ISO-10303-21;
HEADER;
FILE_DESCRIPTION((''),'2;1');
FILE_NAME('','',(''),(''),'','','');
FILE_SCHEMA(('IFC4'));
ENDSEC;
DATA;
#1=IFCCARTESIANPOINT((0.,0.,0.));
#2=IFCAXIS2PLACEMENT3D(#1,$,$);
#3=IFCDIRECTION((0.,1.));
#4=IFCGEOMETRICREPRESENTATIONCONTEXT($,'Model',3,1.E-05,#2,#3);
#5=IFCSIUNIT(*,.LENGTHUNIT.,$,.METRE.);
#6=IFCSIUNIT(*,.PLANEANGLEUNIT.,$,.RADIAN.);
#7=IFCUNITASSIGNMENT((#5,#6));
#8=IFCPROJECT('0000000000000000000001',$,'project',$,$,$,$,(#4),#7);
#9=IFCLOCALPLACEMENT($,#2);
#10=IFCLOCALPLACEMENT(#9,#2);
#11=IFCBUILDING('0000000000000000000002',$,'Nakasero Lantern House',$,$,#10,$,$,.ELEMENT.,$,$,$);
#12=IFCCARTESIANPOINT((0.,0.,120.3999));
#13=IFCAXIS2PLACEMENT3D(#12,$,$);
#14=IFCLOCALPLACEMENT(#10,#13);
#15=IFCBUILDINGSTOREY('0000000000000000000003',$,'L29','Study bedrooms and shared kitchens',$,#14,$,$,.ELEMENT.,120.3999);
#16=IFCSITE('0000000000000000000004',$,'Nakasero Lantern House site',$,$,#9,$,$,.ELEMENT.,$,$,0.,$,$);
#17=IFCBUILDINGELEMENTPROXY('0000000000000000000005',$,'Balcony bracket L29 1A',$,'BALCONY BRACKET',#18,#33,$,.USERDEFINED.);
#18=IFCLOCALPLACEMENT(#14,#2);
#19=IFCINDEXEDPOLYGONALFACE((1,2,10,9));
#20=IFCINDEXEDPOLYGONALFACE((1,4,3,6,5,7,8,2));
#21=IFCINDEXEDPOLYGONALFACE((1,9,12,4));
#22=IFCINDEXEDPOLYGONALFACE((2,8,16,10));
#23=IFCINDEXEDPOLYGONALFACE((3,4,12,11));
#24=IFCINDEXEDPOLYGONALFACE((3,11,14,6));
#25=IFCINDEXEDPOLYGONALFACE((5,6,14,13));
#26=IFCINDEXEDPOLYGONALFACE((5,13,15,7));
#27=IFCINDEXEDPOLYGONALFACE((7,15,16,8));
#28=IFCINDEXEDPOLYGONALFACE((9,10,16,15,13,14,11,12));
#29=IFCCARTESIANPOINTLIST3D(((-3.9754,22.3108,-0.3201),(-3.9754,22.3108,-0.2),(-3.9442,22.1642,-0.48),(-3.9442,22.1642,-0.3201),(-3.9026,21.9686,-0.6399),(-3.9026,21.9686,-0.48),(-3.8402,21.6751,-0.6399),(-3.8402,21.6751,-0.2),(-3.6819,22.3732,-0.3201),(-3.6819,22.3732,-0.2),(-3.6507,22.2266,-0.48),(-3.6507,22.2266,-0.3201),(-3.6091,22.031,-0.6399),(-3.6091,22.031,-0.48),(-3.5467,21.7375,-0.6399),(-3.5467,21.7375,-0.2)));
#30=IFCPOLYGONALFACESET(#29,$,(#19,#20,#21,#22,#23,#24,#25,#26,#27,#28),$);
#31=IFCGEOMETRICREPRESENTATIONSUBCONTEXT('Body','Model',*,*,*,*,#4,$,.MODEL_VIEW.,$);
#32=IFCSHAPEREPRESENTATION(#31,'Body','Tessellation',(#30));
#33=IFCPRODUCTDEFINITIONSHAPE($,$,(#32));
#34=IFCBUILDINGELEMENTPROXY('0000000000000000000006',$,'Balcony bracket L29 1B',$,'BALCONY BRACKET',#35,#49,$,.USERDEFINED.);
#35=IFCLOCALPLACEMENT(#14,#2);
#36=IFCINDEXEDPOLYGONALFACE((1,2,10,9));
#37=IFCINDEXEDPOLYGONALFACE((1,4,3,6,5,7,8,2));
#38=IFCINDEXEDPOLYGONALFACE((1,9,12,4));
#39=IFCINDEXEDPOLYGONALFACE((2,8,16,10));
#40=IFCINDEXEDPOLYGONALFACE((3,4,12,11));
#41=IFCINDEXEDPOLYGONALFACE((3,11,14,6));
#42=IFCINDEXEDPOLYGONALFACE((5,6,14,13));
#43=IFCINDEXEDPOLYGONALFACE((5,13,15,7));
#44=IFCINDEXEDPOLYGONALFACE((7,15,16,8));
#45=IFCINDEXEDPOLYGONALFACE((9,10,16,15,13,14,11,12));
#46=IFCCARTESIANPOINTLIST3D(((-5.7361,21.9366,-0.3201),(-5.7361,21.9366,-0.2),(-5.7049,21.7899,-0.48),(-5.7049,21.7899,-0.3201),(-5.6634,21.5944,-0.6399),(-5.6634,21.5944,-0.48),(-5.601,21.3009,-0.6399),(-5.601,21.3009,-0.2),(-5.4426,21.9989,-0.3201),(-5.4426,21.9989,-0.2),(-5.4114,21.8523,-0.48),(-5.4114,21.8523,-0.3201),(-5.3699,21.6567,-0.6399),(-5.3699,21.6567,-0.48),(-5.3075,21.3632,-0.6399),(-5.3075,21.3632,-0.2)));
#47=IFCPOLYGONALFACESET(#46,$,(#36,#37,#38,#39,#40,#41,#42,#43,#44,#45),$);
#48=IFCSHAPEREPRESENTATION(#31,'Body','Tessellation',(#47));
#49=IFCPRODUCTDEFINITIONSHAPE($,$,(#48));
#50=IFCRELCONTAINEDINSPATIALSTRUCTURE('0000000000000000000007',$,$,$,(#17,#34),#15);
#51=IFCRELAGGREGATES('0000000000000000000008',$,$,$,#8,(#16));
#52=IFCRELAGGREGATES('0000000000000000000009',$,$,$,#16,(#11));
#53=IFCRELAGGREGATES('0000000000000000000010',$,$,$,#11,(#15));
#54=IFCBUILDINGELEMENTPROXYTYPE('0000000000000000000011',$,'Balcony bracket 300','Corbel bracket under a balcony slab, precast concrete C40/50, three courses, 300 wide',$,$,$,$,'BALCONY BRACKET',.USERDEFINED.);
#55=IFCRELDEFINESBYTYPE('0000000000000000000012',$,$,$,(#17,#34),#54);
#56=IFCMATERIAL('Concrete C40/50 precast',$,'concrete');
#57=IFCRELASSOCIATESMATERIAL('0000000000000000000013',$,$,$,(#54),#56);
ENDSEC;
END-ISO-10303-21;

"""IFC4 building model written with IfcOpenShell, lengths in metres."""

from ifc_helpers import new_model, si_unit, direction, frame, origin, place, context, subcontext, project, spatial, polyline, outline, extrude, material, type_object, element, save


model = new_model("IFC4")

# Units and contexts
model_context = context("Model", 3, precision=1e-05, world=origin(), true_north=direction((0.0, 1.0)))
body_context = subcontext(model_context, "Body", "Model", "MODEL_VIEW")
ifc_project = project(units=[si_unit("LENGTHUNIT", "METRE"), si_unit("PLANEANGLEUNIT", "RADIAN")], contexts=[model_context])

# Site, building, storey
site_placement = place(None, origin())
site = spatial("IfcSite", under=ifc_project, at=site_placement, Name="Nakasero Lantern House site", CompositionType="ELEMENT", RefElevation=0.0)
building_placement = place(site_placement, origin())
building = spatial("IfcBuilding", under=site, at=building_placement, Name="Nakasero Lantern House", CompositionType="ELEMENT")
storey_placement = place(building_placement, frame((0.0, 0.0, 120.3999)))
storey = spatial("IfcBuildingStorey", under=building, at=storey_placement, Name="L29", Description="Study bedrooms and shared kitchens", CompositionType="ELEMENT", Elevation=120.3999)

# Building element proxies
ifc_material_1 = material(Name="Concrete C40/50 precast", Category="concrete")
building_element_proxy_type = type_object("IfcBuildingElementProxyType", Name="Balcony bracket 300", Description="Corbel bracket under a balcony slab, precast concrete C40/50, three courses, 300 wide", ElementType="BALCONY BRACKET", PredefinedType="USERDEFINED", material=ifc_material_1)
for number, where, z_axis, x_axis, name in (
    (1, (-3.6936, 21.7063, -0.2), (0.0, 0.0, 1.0), (-0.207912, 0.978148, 0.0), "Balcony bracket L29 1A"),
    (2, (-5.4543, 21.332, -0.2), (0.0, 0.0, 1.0), (-0.207912, 0.978148, 0.0), "Balcony bracket L29 1B"),
):
    element("IfcBuildingElementProxy", number, at=place(storey_placement, frame(where, z_axis=z_axis, x_axis=x_axis)), inside=storey, type_object=building_element_proxy_type, Name=name, ObjectType="BALCONY BRACKET", PredefinedType="USERDEFINED", context=body_context, shape_type="SweptSolid", body=[
        extrude(outline(polyline([(0.0, 0.0), (0.6499, 0.0), (0.6499, -0.1201), (0.5, -0.1201), (0.5, -0.28), (0.3, -0.28), (0.3, -0.4399), (0.0, -0.4399), (0.0, 0.0)])), frame((0.0, 0.1499, 0.0), z_axis=(0.0, -1.0, 0.0), x_axis=(1.0, 0.0, 0.0)), (0.0, 0.0, 1.0), 0.3),
    ])

save(model, "model.ifc")
